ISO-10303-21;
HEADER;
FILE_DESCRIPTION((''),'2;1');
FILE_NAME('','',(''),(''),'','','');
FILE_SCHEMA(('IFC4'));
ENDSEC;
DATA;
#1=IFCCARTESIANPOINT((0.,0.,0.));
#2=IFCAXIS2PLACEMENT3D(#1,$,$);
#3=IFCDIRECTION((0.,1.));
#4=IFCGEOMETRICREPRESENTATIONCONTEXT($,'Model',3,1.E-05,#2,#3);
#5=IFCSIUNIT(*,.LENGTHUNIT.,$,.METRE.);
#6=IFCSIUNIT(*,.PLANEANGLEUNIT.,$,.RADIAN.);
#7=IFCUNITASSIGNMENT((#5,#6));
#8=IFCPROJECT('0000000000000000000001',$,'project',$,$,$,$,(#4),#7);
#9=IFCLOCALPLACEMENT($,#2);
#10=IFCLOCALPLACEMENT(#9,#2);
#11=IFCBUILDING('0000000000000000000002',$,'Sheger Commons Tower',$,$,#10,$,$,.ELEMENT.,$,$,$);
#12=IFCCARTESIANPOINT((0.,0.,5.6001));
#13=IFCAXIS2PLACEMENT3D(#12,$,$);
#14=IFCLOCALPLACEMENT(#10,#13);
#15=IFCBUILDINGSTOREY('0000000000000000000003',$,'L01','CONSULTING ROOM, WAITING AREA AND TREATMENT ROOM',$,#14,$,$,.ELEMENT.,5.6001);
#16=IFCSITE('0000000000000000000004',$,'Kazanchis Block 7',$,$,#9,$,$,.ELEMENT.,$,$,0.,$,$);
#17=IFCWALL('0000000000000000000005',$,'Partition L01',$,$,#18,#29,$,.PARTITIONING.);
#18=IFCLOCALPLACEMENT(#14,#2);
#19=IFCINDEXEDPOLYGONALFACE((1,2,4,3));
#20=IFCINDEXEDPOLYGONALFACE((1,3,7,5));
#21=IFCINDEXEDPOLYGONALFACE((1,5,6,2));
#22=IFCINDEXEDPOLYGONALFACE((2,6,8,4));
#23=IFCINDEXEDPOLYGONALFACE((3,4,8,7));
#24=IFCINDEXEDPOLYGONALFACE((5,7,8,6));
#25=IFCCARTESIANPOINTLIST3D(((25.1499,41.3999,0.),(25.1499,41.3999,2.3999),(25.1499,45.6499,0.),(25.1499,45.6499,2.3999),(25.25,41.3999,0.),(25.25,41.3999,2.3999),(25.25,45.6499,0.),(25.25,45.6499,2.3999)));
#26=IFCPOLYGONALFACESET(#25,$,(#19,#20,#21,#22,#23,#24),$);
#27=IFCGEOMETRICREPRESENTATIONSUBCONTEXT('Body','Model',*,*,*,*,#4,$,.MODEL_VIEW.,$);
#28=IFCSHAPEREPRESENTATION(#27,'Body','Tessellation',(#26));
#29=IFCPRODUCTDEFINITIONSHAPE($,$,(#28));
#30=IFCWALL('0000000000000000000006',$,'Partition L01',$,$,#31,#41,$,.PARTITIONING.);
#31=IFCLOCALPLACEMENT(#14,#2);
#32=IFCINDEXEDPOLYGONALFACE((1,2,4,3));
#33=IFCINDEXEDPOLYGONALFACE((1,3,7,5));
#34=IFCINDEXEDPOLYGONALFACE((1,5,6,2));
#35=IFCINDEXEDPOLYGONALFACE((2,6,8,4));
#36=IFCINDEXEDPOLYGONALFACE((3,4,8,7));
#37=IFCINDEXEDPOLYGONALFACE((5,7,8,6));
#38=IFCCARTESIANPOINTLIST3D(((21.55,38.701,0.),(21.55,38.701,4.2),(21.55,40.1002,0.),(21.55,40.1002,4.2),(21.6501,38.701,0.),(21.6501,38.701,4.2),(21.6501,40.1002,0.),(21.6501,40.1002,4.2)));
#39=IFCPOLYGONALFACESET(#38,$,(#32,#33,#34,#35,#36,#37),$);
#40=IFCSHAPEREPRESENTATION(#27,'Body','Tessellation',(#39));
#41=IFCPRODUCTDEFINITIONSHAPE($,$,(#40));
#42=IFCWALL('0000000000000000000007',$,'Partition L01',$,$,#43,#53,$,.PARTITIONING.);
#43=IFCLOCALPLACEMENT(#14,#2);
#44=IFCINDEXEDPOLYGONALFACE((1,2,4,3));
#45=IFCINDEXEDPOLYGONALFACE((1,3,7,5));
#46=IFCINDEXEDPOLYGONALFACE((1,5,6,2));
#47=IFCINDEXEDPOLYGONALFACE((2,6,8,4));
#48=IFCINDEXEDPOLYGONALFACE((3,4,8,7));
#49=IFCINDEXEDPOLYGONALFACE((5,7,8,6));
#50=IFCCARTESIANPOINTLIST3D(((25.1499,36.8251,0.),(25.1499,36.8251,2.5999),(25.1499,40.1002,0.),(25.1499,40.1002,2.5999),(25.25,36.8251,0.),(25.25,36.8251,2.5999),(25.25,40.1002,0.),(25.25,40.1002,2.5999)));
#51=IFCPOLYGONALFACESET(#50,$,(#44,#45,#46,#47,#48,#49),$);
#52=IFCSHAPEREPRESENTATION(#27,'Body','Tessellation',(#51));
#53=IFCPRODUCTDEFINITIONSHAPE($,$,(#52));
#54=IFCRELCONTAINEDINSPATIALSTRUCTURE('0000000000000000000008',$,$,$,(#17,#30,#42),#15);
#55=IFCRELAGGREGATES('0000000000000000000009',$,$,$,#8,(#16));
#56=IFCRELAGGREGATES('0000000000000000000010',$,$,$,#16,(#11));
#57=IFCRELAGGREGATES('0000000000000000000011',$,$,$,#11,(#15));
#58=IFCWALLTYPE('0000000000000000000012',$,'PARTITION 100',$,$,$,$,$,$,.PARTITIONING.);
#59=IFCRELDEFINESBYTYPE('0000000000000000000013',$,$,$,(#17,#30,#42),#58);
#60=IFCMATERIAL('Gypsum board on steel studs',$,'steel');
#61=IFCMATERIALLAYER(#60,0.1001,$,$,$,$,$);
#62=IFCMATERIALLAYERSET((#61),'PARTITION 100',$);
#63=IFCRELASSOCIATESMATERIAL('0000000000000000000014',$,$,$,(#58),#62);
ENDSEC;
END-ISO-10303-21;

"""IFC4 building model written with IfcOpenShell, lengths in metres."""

from ifc_helpers import new_model, si_unit, direction, frame, frame_2d, origin, place, context, subcontext, project, spatial, rectangle, extrude, material, layer, layer_set, type_object, element, save


model = new_model("IFC4")

# Units and contexts
model_context = context("Model", 3, precision=1e-05, world=origin(), true_north=direction((0.0, 1.0)))
body_context = subcontext(model_context, "Body", "Model", "MODEL_VIEW")
ifc_project = project(units=[si_unit("LENGTHUNIT", "METRE"), si_unit("PLANEANGLEUNIT", "RADIAN")], contexts=[model_context])

# Site, building, storey
site_placement = place(None, origin())
site = spatial("IfcSite", under=ifc_project, at=site_placement, Name="Kazanchis Block 7", CompositionType="ELEMENT", RefElevation=0.0)
building_placement = place(site_placement, origin())
building = spatial("IfcBuilding", under=site, at=building_placement, Name="Sheger Commons Tower", CompositionType="ELEMENT")
storey_placement = place(building_placement, frame((0.0, 0.0, 5.6001)))
storey = spatial("IfcBuildingStorey", under=building, at=storey_placement, Name="L01", Description="CONSULTING ROOM, WAITING AREA AND TREATMENT ROOM", CompositionType="ELEMENT", Elevation=5.6001)

# Shared definitions
ifc_material_1 = material(Name="Gypsum board on steel studs", Category="steel")
ifc_layer_1 = layer(ifc_material_1, 0.1001)
ifc_layer_set_1 = layer_set([ifc_layer_1], Name="PARTITION 100")
wall_type_1 = type_object("IfcWallType", Name="PARTITION 100", PredefinedType="PARTITIONING", material=ifc_layer_set_1)

# Walls
for number, where, z_axis, x_axis, name in (
    (1, (25.2, 41.3999, 0.0), (0.0, 0.0, 1.0), (0.0, 1.0, 0.0), "Partition L01"),
):
    element("IfcWall", number, at=place(storey_placement, frame(where, z_axis=z_axis, x_axis=x_axis)), inside=storey, type_object=wall_type_1, Name=name, PredefinedType="PARTITIONING", context=body_context, shape_type="SweptSolid", body=[
        extrude(rectangle(XDim=4.25, YDim=0.1001, at=frame_2d((2.125, 0.0))), origin(), (0.0, 0.0, 1.0), 2.3999),
    ])
wall_1_placement = place(storey_placement, frame((21.6001, 38.7009, 0.0), z_axis=(0.0, 0.0, 1.0), x_axis=(0.0, 1.0, 0.0)))
element("IfcWall", 2, at=wall_1_placement, inside=storey, type_object=wall_type_1, Name="Partition L01", PredefinedType="PARTITIONING", context=body_context, shape_type="SweptSolid", body=[
    extrude(rectangle(XDim=1.3992, YDim=0.1001, at=frame_2d((0.6997, 0.0))), origin(), (0.0, 0.0, 1.0), 4.2),
])
wall_2_placement = place(storey_placement, frame((25.2, 36.825, 0.0), z_axis=(0.0, 0.0, 1.0), x_axis=(0.0, 1.0, 0.0)))
element("IfcWall", 3, at=wall_2_placement, inside=storey, type_object=wall_type_1, Name="Partition L01", PredefinedType="PARTITIONING", context=body_context, shape_type="SweptSolid", body=[
    extrude(rectangle(XDim=3.2751, YDim=0.1001, at=frame_2d((1.6377, 0.0))), origin(), (0.0, 0.0, 1.0), 2.5999),
])

save(model, "model.ifc")
